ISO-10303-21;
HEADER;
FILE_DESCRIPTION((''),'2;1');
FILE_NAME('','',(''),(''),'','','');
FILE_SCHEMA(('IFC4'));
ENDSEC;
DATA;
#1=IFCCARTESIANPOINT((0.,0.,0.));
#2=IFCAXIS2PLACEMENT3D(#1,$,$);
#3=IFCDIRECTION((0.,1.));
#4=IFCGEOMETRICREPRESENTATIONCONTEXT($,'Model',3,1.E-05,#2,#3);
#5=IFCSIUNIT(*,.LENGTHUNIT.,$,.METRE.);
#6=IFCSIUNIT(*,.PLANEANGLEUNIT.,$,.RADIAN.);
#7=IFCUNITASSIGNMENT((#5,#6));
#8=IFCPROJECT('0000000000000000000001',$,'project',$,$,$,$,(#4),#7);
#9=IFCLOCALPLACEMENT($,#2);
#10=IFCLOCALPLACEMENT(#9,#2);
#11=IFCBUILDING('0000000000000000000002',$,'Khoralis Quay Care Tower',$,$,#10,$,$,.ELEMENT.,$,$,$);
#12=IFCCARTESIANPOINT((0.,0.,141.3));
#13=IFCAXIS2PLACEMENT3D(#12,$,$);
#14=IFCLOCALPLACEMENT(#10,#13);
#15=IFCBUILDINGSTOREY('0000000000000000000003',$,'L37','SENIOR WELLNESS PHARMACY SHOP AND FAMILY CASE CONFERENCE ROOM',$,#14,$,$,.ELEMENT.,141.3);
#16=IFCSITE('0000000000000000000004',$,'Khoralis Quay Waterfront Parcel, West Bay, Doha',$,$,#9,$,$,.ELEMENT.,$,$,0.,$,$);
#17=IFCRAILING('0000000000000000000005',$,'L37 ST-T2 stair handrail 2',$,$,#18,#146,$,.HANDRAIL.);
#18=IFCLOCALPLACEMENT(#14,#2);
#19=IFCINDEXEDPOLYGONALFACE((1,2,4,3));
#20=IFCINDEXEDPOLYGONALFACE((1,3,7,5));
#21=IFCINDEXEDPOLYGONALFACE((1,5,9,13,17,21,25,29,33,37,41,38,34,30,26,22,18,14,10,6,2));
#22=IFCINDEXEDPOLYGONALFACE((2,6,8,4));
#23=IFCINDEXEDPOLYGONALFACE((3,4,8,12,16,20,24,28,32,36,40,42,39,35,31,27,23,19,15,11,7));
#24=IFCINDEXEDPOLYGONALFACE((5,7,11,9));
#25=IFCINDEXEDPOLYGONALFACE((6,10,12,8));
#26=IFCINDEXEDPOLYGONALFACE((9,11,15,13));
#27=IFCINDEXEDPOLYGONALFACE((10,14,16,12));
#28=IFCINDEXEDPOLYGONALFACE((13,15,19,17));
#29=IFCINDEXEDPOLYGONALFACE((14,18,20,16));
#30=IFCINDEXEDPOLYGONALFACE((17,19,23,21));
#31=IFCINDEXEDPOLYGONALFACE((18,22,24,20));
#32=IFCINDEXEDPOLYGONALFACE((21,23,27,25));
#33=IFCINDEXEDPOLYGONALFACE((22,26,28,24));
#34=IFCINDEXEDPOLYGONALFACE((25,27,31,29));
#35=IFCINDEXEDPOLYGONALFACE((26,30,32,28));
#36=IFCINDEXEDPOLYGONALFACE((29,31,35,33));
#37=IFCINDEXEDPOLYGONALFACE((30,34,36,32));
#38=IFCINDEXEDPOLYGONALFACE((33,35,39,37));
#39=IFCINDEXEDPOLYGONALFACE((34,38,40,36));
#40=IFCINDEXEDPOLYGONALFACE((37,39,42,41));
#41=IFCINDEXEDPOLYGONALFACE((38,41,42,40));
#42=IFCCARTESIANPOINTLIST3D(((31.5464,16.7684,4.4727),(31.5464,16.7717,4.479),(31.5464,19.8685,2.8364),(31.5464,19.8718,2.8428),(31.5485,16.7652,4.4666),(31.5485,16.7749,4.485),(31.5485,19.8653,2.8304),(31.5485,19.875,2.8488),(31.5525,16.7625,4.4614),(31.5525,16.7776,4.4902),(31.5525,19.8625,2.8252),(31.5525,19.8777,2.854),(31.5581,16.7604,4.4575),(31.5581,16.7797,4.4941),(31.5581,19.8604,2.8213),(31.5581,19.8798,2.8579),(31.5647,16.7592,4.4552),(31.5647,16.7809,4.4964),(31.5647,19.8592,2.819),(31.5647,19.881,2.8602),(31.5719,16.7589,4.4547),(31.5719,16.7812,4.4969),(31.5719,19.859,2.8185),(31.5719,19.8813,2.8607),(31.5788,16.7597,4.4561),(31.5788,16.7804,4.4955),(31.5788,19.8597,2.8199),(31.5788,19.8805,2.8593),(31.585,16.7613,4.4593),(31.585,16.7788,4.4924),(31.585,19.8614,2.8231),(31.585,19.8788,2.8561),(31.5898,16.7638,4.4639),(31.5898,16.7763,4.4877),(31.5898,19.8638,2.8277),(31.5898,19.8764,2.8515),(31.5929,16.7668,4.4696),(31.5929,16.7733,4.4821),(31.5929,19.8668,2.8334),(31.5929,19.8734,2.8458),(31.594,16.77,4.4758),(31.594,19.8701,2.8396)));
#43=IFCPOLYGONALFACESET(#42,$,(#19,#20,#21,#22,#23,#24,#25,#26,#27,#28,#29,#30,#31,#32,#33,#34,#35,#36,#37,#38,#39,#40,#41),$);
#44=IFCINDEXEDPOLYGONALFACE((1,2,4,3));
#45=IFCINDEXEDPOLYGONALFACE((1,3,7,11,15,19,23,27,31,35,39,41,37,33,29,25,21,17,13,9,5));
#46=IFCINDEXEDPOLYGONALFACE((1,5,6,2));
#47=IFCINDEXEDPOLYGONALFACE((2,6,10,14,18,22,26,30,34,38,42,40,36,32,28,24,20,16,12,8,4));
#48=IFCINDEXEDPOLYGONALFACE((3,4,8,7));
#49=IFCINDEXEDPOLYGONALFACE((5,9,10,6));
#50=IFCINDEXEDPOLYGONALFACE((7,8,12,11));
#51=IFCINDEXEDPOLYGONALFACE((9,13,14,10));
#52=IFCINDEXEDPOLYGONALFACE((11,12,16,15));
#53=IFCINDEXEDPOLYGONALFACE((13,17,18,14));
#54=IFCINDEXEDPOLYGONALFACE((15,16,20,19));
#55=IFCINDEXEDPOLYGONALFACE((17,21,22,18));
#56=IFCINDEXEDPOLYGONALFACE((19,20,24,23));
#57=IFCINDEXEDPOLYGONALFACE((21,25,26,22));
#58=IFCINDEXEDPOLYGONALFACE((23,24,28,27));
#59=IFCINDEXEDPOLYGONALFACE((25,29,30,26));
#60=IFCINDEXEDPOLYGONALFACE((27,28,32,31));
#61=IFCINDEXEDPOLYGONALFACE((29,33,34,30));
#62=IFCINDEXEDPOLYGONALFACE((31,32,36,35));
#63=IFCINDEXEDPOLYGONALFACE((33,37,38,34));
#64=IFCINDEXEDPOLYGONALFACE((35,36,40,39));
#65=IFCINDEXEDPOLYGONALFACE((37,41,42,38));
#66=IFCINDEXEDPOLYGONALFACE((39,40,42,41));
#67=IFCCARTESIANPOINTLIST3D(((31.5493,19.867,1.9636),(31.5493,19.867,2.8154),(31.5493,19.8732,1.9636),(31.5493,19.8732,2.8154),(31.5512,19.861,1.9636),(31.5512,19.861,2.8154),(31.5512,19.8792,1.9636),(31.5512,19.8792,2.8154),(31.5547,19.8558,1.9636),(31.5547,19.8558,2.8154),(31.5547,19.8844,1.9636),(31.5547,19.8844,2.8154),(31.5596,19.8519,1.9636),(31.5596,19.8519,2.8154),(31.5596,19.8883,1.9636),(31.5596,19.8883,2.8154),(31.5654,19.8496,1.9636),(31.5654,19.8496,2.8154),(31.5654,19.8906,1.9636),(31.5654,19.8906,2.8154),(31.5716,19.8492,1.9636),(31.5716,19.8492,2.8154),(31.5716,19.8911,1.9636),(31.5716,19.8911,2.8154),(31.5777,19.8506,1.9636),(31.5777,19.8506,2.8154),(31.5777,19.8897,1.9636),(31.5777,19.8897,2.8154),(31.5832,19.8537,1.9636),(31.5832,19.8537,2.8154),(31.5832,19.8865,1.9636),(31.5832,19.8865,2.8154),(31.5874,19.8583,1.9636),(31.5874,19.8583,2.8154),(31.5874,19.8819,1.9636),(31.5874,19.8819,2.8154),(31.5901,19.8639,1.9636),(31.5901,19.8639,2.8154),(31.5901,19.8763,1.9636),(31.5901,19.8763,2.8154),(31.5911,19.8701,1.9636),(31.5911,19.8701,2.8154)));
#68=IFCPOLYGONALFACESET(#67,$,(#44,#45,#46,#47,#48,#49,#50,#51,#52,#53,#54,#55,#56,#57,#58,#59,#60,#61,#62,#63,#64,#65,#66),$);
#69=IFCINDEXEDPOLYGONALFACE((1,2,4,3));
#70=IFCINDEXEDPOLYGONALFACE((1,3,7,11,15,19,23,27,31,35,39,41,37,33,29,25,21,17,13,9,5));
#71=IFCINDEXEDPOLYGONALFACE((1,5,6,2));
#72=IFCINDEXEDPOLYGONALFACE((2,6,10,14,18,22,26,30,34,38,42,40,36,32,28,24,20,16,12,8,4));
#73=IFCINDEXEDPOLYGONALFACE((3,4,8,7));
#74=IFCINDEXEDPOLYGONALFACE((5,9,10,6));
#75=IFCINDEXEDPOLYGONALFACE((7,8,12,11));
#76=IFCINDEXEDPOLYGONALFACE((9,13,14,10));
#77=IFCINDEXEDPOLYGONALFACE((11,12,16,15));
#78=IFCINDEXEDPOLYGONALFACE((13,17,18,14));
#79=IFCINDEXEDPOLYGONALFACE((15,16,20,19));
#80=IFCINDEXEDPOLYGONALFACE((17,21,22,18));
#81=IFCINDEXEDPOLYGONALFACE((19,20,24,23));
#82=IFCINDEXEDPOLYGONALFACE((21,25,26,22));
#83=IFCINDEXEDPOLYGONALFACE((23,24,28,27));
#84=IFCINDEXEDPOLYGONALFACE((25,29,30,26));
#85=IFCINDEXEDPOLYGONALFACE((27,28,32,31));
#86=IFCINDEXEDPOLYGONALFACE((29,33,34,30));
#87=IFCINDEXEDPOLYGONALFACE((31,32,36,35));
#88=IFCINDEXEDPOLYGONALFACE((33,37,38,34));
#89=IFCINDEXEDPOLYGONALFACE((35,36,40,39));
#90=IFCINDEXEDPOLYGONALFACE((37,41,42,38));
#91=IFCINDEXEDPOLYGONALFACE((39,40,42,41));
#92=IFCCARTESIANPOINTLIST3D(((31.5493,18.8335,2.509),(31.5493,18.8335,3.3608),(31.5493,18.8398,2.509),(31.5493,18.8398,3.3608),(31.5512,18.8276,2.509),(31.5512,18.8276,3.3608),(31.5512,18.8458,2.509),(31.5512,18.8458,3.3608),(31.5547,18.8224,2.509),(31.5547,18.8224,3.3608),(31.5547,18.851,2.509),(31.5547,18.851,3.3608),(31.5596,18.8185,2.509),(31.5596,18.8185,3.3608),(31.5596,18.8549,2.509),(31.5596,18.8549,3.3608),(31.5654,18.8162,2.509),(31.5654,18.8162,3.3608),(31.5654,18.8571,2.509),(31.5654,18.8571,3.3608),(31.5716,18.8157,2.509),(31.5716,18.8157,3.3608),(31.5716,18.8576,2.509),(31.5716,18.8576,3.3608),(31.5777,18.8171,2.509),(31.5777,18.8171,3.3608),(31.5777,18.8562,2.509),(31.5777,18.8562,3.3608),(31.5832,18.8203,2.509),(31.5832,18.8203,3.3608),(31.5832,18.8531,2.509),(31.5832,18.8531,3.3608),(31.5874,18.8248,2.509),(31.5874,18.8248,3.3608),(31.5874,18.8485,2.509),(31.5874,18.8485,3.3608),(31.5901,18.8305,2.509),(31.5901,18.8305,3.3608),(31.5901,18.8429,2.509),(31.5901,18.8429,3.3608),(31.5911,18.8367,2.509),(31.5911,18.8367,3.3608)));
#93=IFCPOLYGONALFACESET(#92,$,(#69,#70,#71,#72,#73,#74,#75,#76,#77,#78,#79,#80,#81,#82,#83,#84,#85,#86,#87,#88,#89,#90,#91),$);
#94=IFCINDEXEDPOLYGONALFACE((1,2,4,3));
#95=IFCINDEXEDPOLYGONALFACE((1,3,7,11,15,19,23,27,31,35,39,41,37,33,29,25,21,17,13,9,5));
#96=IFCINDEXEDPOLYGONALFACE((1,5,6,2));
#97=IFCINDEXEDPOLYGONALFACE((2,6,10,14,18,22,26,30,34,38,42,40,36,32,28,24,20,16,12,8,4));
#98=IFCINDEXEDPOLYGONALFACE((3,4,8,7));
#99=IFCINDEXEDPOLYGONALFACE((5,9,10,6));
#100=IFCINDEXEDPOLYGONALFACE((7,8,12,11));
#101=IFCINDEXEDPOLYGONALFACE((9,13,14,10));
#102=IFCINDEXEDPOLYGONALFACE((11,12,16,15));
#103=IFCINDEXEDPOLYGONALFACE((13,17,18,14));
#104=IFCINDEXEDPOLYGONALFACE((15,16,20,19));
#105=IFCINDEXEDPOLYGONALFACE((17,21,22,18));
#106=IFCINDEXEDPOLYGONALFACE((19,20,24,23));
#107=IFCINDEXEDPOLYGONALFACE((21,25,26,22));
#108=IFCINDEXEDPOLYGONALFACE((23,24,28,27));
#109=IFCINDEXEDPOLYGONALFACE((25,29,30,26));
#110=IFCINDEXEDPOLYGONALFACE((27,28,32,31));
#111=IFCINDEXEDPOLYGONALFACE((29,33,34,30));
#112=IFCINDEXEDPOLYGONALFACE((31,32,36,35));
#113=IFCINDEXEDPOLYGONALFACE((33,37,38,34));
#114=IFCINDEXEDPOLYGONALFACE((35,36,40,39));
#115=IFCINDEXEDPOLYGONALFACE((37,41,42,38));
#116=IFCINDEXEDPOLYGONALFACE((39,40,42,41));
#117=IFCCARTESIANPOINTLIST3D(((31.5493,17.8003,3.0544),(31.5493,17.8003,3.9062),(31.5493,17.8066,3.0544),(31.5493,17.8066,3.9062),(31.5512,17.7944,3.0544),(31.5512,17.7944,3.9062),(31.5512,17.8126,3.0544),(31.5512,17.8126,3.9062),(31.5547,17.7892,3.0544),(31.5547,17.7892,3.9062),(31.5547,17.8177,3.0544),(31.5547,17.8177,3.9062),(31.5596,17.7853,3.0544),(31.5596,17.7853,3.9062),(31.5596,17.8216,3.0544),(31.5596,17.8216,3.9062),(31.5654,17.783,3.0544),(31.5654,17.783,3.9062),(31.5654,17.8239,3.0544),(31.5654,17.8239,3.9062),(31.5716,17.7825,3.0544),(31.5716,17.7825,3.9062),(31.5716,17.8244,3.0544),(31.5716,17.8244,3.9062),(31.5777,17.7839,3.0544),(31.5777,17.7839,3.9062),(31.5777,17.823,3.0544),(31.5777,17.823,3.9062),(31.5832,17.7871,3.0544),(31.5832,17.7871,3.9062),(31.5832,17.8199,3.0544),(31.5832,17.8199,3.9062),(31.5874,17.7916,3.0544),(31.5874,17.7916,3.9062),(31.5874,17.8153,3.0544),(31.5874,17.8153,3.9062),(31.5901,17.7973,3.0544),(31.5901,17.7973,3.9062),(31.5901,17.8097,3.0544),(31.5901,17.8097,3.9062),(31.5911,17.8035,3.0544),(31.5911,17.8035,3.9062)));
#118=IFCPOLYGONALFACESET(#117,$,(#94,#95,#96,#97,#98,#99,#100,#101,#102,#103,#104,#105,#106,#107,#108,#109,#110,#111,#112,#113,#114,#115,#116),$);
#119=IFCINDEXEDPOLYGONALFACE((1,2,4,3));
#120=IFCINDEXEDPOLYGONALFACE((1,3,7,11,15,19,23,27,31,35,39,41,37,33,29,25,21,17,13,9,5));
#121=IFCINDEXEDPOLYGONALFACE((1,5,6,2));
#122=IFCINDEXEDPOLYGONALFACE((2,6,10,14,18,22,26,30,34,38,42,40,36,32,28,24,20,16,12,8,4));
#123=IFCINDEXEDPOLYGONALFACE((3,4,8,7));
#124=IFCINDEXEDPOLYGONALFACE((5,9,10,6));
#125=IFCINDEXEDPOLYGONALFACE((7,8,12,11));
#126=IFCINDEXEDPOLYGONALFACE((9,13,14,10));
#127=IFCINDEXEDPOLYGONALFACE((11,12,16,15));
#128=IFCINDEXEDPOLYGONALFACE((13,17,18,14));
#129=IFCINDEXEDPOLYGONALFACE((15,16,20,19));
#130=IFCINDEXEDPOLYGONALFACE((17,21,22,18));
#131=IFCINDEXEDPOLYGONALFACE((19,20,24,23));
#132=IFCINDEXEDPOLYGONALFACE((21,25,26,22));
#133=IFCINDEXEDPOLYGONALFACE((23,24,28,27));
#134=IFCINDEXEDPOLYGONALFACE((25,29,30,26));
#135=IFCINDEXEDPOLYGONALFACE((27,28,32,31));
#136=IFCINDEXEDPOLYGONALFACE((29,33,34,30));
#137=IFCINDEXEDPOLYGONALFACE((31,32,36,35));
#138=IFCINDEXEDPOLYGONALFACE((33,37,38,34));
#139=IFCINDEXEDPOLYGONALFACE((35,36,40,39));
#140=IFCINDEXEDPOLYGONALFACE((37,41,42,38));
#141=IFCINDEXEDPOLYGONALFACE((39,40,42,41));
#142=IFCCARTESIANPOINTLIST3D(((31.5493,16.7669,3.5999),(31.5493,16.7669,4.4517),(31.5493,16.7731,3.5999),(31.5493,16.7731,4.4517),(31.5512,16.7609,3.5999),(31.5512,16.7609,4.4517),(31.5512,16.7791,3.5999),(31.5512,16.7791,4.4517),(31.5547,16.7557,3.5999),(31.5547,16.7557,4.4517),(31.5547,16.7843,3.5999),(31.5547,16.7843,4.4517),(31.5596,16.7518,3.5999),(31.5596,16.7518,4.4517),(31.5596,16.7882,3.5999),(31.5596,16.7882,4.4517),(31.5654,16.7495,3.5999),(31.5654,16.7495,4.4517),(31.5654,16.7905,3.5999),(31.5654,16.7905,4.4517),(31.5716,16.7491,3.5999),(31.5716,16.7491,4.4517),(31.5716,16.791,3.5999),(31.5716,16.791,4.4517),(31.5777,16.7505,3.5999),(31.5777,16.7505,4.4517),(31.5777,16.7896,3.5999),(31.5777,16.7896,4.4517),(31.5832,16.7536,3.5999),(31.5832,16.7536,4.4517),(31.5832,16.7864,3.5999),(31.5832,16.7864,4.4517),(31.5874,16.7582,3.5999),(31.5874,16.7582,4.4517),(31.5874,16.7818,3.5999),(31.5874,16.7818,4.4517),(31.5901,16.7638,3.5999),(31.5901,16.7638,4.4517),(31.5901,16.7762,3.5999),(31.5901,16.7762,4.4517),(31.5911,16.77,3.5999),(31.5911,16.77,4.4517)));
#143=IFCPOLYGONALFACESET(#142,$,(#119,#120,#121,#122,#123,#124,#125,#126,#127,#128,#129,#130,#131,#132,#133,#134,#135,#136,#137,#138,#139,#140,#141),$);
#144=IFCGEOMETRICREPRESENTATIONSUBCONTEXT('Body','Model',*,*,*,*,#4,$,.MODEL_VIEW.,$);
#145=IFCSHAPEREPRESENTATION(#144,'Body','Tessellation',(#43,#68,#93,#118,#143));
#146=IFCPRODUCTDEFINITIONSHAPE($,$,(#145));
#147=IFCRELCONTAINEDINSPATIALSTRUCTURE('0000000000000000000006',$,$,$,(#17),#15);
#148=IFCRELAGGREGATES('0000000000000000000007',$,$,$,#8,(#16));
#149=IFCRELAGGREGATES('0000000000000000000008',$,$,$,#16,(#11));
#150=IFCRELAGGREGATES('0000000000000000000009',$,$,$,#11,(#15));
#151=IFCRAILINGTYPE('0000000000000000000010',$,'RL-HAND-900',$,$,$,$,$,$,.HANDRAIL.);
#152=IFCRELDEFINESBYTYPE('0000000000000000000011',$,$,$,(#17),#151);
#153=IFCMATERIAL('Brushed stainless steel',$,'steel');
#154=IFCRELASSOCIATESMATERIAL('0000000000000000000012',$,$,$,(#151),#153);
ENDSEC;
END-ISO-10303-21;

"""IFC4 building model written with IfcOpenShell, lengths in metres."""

from ifc_helpers import new_model, si_unit, direction, frame, origin, origin_2d, place, context, subcontext, project, spatial, circle, extrude, material, type_object, element, save


model = new_model("IFC4")

# Units and contexts
model_context = context("Model", 3, precision=1e-05, world=origin(), true_north=direction((0.0, 1.0)))
body_context = subcontext(model_context, "Body", "Model", "MODEL_VIEW")
ifc_project = project(units=[si_unit("LENGTHUNIT", "METRE"), si_unit("PLANEANGLEUNIT", "RADIAN")], contexts=[model_context])

# Site, building, storey
site_placement = place(None, origin())
site = spatial("IfcSite", under=ifc_project, at=site_placement, Name="Khoralis Quay Waterfront Parcel, West Bay, Doha", CompositionType="ELEMENT", RefElevation=0.0)
building_placement = place(site_placement, origin())
building = spatial("IfcBuilding", under=site, at=building_placement, Name="Khoralis Quay Care Tower", CompositionType="ELEMENT")
storey_placement = place(building_placement, frame((0.0, 0.0, 141.3)))
storey = spatial("IfcBuildingStorey", under=building, at=storey_placement, Name="L37", Description="SENIOR WELLNESS PHARMACY SHOP AND FAMILY CASE CONFERENCE ROOM", CompositionType="ELEMENT", Elevation=141.3)

# Shared definitions
ifc_material_1 = material(Name="Brushed stainless steel", Category="steel")

# Railing
railing_type_1 = type_object("IfcRailingType", Name="RL-HAND-900", PredefinedType="HANDRAIL", material=ifc_material_1)
railing_1_placement = place(storey_placement, frame((31.5701, 19.8701, 1.9636)))
element("IfcRailing", 1, at=railing_1_placement, inside=storey, type_object=railing_type_1, Name="L37 ST-T2 stair handrail 2", PredefinedType="HANDRAIL", context=body_context, shape_type="SweptSolid", body=[
    extrude(circle(Radius=0.0239, at=origin_2d()), frame((0.0, 0.0, 0.876), z_axis=(0.0, -0.884377, 0.466774), x_axis=(1.0, 0.0, 0.0)), (0.0, 0.0, 1.0), 3.5054),
    extrude(circle(Radius=0.021, at=origin_2d()), origin(), (0.0, 0.0, 1.0), 0.8518),
    extrude(circle(Radius=0.021, at=origin_2d()), frame((0.0, -1.0334, 0.5454)), (0.0, 0.0, 1.0), 0.8518),
    extrude(circle(Radius=0.021, at=origin_2d()), frame((0.0, -2.0667, 1.0908)), (0.0, 0.0, 1.0), 0.8518),
    extrude(circle(Radius=0.021, at=origin_2d()), frame((0.0, -3.1001, 1.6362)), (0.0, 0.0, 1.0), 0.8518),
])

save(model, "model.ifc")
